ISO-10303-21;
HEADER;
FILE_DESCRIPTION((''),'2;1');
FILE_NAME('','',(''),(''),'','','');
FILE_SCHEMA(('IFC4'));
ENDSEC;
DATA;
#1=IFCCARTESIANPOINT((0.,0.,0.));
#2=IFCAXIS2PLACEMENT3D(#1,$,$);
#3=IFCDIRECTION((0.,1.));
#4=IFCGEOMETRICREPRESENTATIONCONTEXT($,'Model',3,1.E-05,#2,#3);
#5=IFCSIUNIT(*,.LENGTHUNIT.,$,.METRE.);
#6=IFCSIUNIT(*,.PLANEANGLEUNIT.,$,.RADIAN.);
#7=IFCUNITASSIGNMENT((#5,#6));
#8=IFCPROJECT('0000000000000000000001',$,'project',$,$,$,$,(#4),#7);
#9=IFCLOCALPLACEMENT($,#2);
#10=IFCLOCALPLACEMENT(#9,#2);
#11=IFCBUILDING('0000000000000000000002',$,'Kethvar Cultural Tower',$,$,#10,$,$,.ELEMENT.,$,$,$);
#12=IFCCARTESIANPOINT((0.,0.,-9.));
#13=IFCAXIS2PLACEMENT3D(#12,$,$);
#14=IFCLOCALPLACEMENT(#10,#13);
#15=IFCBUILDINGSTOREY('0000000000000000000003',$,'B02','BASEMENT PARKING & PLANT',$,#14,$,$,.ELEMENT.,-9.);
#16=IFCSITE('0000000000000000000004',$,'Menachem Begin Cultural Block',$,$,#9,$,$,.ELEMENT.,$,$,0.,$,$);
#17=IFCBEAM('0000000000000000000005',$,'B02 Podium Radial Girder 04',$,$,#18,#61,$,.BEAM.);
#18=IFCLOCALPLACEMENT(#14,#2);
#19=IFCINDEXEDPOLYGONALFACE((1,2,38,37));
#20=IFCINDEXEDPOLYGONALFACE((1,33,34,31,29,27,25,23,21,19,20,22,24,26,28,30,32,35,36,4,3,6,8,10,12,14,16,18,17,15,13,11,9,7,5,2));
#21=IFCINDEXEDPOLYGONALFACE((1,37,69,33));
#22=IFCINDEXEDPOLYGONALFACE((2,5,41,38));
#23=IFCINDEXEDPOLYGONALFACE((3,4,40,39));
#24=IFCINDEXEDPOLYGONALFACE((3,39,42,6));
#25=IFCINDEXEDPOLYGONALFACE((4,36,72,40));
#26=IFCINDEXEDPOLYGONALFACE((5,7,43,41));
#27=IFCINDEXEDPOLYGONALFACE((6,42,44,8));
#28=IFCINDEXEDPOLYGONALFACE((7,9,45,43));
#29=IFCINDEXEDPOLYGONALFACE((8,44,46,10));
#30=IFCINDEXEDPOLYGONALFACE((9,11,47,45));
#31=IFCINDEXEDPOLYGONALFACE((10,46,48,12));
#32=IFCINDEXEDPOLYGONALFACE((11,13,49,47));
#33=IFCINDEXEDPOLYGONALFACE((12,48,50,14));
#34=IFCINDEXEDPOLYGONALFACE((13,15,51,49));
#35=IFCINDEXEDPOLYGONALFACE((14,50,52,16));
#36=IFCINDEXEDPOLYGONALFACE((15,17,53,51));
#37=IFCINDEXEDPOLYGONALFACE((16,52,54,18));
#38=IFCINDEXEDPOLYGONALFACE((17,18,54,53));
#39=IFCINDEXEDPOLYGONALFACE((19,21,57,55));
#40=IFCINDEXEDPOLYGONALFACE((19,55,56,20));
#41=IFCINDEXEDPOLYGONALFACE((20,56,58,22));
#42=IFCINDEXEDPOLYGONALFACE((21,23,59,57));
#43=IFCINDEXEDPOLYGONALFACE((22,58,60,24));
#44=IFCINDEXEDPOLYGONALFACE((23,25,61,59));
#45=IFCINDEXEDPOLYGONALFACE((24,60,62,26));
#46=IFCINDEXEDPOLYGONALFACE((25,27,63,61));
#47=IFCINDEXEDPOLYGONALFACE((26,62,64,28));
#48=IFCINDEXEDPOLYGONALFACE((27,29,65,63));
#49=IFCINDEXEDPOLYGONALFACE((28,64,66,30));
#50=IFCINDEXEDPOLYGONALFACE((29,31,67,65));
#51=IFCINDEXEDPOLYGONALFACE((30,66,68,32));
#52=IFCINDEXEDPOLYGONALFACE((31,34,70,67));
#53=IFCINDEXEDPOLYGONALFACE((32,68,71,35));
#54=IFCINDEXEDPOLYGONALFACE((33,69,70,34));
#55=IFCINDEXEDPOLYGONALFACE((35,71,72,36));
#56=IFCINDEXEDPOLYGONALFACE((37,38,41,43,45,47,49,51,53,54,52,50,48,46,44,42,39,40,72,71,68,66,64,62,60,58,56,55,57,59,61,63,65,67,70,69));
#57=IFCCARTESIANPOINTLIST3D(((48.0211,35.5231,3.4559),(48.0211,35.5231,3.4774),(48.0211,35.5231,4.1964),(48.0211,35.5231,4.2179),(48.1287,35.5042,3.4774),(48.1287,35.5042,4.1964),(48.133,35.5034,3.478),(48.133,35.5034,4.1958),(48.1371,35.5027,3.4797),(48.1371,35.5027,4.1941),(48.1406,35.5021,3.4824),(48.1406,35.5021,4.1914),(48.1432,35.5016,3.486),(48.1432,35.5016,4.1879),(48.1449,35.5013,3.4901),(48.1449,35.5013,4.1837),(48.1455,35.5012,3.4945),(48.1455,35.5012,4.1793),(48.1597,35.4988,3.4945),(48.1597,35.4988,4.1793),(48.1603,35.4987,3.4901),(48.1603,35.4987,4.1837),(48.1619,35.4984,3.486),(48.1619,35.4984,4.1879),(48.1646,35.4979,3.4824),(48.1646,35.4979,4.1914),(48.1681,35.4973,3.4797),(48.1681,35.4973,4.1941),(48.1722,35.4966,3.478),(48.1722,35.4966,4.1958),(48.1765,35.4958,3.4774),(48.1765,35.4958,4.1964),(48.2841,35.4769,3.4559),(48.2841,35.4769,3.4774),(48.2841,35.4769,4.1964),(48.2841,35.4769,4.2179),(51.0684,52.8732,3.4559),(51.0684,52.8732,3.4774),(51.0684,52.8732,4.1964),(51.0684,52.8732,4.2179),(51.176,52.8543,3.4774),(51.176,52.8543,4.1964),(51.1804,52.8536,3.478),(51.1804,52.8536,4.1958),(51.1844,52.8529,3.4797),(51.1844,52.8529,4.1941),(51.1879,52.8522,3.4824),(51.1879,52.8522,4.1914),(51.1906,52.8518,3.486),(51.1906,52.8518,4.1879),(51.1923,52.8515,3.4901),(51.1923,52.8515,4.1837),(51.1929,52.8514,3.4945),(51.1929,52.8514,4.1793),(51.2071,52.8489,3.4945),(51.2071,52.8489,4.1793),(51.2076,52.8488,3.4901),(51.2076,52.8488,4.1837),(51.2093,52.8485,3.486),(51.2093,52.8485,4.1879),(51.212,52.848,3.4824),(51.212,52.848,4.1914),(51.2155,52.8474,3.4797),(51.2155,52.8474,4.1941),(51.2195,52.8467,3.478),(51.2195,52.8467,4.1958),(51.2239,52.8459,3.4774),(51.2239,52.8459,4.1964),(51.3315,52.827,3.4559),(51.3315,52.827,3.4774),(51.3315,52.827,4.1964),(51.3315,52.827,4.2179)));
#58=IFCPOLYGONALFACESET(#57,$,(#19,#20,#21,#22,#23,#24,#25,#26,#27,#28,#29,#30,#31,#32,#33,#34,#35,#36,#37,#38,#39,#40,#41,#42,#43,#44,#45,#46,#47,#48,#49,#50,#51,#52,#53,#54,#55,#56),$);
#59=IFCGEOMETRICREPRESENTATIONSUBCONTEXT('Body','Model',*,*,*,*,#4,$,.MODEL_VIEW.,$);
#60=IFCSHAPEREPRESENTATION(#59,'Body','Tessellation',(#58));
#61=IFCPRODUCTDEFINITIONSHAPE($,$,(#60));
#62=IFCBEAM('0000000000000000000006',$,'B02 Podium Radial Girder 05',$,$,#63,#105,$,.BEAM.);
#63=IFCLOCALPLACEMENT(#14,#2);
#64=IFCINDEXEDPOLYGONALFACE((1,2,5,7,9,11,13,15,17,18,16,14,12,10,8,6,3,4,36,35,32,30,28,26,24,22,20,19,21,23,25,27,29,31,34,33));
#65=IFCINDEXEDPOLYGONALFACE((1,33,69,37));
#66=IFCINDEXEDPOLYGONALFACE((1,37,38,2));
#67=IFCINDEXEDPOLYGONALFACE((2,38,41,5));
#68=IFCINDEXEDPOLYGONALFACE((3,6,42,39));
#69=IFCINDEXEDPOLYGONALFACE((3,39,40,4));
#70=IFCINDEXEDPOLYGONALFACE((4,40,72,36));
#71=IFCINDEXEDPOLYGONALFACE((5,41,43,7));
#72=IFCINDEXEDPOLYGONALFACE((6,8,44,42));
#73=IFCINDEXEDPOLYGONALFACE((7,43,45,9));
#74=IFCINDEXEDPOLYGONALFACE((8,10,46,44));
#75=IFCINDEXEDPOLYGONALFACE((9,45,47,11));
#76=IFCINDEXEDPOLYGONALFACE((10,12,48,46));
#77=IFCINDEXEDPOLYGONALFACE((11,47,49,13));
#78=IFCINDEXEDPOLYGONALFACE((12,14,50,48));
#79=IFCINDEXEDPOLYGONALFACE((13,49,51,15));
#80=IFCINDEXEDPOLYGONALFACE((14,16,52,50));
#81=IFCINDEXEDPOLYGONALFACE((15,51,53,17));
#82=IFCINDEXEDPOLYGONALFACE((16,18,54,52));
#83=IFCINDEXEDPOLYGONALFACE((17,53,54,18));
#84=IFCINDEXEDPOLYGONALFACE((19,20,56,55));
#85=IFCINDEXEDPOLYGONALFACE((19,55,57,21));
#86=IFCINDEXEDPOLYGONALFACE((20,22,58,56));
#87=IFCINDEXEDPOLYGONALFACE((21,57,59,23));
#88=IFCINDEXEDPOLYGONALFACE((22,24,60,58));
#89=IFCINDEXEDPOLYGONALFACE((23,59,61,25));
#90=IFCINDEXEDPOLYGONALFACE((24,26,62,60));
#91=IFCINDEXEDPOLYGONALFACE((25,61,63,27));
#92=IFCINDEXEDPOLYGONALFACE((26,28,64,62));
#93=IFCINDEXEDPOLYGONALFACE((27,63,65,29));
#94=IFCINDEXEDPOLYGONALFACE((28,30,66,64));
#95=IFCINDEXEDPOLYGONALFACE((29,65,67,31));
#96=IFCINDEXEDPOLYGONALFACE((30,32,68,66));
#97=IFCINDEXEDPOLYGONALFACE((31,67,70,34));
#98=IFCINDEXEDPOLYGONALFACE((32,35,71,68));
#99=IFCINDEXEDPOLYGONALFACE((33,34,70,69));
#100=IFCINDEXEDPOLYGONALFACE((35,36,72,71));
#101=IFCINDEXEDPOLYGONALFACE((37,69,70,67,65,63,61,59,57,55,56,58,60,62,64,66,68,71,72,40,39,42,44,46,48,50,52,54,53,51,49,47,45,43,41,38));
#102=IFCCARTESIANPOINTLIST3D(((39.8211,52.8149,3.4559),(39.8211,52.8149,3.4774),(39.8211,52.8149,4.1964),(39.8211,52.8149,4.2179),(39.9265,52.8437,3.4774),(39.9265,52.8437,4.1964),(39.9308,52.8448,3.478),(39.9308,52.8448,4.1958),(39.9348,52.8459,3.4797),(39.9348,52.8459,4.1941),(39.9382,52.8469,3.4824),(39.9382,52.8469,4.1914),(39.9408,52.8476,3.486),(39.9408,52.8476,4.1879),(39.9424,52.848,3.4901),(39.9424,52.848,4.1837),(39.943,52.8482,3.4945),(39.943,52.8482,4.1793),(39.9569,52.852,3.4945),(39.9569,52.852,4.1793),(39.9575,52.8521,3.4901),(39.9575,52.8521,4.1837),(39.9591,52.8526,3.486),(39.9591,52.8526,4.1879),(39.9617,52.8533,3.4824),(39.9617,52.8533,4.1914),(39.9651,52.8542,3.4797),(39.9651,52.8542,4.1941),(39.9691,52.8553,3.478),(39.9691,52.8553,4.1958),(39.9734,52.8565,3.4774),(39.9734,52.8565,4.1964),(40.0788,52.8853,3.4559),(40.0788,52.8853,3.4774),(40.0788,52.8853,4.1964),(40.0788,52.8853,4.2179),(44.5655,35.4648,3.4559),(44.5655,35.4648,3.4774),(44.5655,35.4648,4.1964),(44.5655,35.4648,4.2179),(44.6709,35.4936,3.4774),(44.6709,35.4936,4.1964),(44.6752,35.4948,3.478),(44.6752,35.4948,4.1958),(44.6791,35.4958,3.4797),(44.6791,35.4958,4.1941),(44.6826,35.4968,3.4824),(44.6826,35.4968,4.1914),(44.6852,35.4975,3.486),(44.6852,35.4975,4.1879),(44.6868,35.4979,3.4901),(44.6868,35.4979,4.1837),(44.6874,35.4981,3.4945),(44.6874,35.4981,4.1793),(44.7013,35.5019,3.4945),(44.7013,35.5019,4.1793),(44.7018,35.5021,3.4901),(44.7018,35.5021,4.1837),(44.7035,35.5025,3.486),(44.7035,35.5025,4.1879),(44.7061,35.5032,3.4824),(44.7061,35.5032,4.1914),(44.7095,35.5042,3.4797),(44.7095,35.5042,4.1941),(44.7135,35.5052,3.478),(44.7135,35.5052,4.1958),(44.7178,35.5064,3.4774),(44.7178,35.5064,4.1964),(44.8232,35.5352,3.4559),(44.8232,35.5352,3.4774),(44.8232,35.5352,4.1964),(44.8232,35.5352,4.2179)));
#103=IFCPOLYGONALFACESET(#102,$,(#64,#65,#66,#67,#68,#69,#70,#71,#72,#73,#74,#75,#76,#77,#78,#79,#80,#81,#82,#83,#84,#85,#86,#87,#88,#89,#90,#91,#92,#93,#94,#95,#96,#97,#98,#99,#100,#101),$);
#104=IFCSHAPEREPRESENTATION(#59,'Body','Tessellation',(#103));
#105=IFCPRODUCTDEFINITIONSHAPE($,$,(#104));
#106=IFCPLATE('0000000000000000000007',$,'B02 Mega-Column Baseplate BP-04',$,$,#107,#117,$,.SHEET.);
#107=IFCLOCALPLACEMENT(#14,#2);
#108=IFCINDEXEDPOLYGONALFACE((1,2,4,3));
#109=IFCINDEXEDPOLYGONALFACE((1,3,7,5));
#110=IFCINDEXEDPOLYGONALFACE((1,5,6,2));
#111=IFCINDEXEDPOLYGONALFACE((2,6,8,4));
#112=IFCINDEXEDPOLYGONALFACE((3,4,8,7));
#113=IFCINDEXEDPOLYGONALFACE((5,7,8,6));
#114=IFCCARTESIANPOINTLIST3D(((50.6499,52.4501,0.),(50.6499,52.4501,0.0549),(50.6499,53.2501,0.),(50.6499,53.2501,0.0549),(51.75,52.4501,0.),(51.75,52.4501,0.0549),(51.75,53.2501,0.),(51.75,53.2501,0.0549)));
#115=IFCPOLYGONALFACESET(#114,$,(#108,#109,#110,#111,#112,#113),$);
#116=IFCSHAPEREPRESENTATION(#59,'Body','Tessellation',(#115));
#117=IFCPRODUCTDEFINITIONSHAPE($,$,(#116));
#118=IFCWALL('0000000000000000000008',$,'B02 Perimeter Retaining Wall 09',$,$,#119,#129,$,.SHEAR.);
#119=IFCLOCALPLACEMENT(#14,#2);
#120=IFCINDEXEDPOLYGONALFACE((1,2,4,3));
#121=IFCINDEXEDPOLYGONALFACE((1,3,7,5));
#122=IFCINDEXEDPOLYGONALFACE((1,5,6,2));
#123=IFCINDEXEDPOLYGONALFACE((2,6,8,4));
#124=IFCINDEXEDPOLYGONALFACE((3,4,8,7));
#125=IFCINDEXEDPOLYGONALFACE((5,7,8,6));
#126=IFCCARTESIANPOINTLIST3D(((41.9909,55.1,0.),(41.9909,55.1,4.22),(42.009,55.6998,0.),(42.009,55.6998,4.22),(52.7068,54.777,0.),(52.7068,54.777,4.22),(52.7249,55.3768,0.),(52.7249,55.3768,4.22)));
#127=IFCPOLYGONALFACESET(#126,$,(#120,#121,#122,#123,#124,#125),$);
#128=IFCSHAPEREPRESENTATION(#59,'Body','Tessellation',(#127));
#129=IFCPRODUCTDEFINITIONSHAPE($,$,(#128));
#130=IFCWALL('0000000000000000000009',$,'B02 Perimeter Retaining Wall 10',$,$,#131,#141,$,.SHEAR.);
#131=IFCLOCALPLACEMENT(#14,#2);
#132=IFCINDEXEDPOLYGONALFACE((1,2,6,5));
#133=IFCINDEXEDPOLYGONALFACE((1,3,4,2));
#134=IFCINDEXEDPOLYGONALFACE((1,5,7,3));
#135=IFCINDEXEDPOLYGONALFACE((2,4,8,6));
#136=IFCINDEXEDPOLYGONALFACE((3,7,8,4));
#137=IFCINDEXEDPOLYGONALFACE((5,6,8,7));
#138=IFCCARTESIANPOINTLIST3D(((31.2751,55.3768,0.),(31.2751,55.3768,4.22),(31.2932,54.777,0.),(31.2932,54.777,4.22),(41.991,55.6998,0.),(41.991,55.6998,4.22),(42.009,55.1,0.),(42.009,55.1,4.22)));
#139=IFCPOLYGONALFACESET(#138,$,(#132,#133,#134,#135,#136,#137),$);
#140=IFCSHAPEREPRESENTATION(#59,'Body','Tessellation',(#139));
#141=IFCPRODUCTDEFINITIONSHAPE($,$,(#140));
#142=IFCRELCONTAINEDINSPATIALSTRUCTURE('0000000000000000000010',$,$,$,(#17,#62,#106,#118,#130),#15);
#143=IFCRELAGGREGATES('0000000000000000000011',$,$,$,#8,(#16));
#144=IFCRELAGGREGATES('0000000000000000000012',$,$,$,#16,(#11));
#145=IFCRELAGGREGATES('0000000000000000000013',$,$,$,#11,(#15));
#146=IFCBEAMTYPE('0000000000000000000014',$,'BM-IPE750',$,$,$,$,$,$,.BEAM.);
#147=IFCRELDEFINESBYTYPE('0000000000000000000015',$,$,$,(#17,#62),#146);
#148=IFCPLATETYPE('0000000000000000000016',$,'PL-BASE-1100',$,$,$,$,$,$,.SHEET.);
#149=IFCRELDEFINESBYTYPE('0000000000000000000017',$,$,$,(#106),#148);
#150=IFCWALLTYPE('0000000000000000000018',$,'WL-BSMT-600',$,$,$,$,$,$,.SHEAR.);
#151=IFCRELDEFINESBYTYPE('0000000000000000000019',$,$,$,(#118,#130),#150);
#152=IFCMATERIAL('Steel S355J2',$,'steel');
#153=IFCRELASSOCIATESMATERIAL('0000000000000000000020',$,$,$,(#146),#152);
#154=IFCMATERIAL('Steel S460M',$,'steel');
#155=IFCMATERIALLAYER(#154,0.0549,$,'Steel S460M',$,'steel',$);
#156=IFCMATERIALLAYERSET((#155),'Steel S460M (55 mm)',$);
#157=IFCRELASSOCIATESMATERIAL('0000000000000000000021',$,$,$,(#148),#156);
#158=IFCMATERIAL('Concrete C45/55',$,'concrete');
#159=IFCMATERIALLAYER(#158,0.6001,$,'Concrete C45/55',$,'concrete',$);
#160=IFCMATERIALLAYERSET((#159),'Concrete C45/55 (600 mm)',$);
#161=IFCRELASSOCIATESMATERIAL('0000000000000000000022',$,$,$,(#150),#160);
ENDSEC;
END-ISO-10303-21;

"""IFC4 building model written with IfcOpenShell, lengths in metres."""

from ifc_helpers import new_model, si_unit, direction, frame, frame_2d, origin, origin_2d, place, context, subcontext, project, spatial, rectangle, i_section, extrude, source, transform, mapped, material, layer, layer_set, material_profile, profile_set, type_object, element, save


model = new_model("IFC4")

# Units and contexts
model_context = context("Model", 3, precision=1e-05, world=origin(), true_north=direction((0.0, 1.0)))
body_context = subcontext(model_context, "Body", "Model", "MODEL_VIEW")
ifc_project = project(units=[si_unit("LENGTHUNIT", "METRE"), si_unit("PLANEANGLEUNIT", "RADIAN")], contexts=[model_context])

# Site, building, storey
site_placement = place(None, origin())
site = spatial("IfcSite", under=ifc_project, at=site_placement, Name="Menachem Begin Cultural Block", CompositionType="ELEMENT", RefElevation=0.0)
building_placement = place(site_placement, origin())
building = spatial("IfcBuilding", under=site, at=building_placement, Name="Kethvar Cultural Tower", CompositionType="ELEMENT")
storey_placement = place(building_placement, frame((0.0, 0.0, -9.0)))
storey = spatial("IfcBuildingStorey", under=building, at=storey_placement, Name="B02", Description="BASEMENT PARKING & PLANT", CompositionType="ELEMENT", Elevation=-9.0)

# Shared definitions
ifc_material_1 = material(Name="Concrete C45/55", Category="concrete")

# Shared definitions
ifc_material_2 = material(Name="Steel S460M", Category="steel")

# Beams
ifc_material_3 = material(Name="Steel S355J2", Category="steel")
ifc_material_profile_1 = material_profile(ifc_material_3, i_section(OverallWidth=0.2671, OverallDepth=0.762, WebThickness=0.0144, FlangeThickness=0.0215, FilletRadius=0.0171, at=origin_2d()), Name="Steel S355J2 — IPE750x173")
ifc_profile_set_1 = profile_set([ifc_material_profile_1], Name="Steel S355J2 — IPE750x173")
beam_type_1 = type_object("IfcBeamType", Name="BM-IPE750", PredefinedType="BEAM", material=ifc_profile_set_1)
shared_shape_1 = source(origin(), body_context, "Body", "SweptSolid", [
    extrude(i_section(OverallWidth=0.2671, OverallDepth=0.762, WebThickness=0.0144, FlangeThickness=0.0215, FilletRadius=0.0171, at=origin_2d()), origin(), (0.0, 0.0, 1.0), 17.6157),
])
beam_1_placement = place(storey_placement, frame((48.1526, 35.5, 3.8369), z_axis=(0.172991, 0.984923, 0.0), x_axis=(-0.984923, 0.172991, 0.0)))
element("IfcBeam", 1, at=beam_1_placement, inside=storey, type_object=beam_type_1, Name="B02 Podium Radial Girder 04", PredefinedType="BEAM", context=body_context, shape_type="MappedRepresentation", body=[
    mapped(shared_shape_1, transform((0.0, 0.0, 0.0), scale=1.0)),
])
shared_shape_2 = source(origin(), body_context, "Body", "SweptSolid", [
    extrude(i_section(OverallWidth=0.2671, OverallDepth=0.762, WebThickness=0.0144, FlangeThickness=0.0215, FilletRadius=0.0171, at=origin_2d()), origin(), (0.0, 0.0, 1.0), 17.9871),
])
beam_2_placement = place(storey_placement, frame((44.6943, 35.5, 3.8369), z_axis=(-0.263766, 0.964587, 0.0), x_axis=(-0.964587, -0.263766, 0.0)))
element("IfcBeam", 2, at=beam_2_placement, inside=storey, type_object=beam_type_1, Name="B02 Podium Radial Girder 05", PredefinedType="BEAM", context=body_context, shape_type="MappedRepresentation", body=[
    mapped(shared_shape_2, transform((0.0, 0.0, 0.0), scale=1.0)),
])

# Plate
ifc_layer_1 = layer(ifc_material_2, 0.0549, Name="Steel S460M", Category="steel")
ifc_layer_set_1 = layer_set([ifc_layer_1], Name="Steel S460M (55 mm)")
plate_type = type_object("IfcPlateType", Name="PL-BASE-1100", PredefinedType="SHEET", material=ifc_layer_set_1)
shared_shape_3 = source(origin(), body_context, "Body", "SweptSolid", [
    extrude(rectangle(XDim=1.1001, YDim=0.8, at=origin_2d()), origin(), (0.0, 0.0, 1.0), 0.0549),
])
plate_placement = place(storey_placement, frame((51.2, 52.8501, 0.0), z_axis=(0.0, 0.0, 1.0), x_axis=(1.0, 0.0, 0.0)))
element("IfcPlate", 3, at=plate_placement, inside=storey, type_object=plate_type, Name="B02 Mega-Column Baseplate BP-04", PredefinedType="SHEET", context=body_context, shape_type="MappedRepresentation", body=[
    mapped(shared_shape_3, transform((0.0, 0.0, 0.0), scale=1.0)),
])

# Walls
ifc_layer_2 = layer(ifc_material_1, 0.6001, Name="Concrete C45/55", Category="concrete")
ifc_layer_set_2 = layer_set([ifc_layer_2], Name="Concrete C45/55 (600 mm)")
wall_type = type_object("IfcWallType", Name="WL-BSMT-600", PredefinedType="SHEAR", material=ifc_layer_set_2)
for number, where, z_axis, x_axis, name in (
    (4, (52.7158, 55.0769, 0.0), (0.0, 0.0, 1.0), (-0.999546, 0.030128, 0.0), "B02 Perimeter Retaining Wall 09"),
    (5, (42.0, 55.3999, 0.0), (0.0, 0.0, 1.0), (-0.999546, -0.030128, 0.0), "B02 Perimeter Retaining Wall 10"),
):
    element("IfcWall", number, at=place(storey_placement, frame(where, z_axis=z_axis, x_axis=x_axis)), inside=storey, type_object=wall_type, Name=name, PredefinedType="SHEAR", context=body_context, shape_type="SweptSolid", body=[
        extrude(rectangle(XDim=10.7207, YDim=0.6001, at=frame_2d((5.3604, 0.0))), origin(), (0.0, 0.0, 1.0), 4.22),
    ])

save(model, "model.ifc")
